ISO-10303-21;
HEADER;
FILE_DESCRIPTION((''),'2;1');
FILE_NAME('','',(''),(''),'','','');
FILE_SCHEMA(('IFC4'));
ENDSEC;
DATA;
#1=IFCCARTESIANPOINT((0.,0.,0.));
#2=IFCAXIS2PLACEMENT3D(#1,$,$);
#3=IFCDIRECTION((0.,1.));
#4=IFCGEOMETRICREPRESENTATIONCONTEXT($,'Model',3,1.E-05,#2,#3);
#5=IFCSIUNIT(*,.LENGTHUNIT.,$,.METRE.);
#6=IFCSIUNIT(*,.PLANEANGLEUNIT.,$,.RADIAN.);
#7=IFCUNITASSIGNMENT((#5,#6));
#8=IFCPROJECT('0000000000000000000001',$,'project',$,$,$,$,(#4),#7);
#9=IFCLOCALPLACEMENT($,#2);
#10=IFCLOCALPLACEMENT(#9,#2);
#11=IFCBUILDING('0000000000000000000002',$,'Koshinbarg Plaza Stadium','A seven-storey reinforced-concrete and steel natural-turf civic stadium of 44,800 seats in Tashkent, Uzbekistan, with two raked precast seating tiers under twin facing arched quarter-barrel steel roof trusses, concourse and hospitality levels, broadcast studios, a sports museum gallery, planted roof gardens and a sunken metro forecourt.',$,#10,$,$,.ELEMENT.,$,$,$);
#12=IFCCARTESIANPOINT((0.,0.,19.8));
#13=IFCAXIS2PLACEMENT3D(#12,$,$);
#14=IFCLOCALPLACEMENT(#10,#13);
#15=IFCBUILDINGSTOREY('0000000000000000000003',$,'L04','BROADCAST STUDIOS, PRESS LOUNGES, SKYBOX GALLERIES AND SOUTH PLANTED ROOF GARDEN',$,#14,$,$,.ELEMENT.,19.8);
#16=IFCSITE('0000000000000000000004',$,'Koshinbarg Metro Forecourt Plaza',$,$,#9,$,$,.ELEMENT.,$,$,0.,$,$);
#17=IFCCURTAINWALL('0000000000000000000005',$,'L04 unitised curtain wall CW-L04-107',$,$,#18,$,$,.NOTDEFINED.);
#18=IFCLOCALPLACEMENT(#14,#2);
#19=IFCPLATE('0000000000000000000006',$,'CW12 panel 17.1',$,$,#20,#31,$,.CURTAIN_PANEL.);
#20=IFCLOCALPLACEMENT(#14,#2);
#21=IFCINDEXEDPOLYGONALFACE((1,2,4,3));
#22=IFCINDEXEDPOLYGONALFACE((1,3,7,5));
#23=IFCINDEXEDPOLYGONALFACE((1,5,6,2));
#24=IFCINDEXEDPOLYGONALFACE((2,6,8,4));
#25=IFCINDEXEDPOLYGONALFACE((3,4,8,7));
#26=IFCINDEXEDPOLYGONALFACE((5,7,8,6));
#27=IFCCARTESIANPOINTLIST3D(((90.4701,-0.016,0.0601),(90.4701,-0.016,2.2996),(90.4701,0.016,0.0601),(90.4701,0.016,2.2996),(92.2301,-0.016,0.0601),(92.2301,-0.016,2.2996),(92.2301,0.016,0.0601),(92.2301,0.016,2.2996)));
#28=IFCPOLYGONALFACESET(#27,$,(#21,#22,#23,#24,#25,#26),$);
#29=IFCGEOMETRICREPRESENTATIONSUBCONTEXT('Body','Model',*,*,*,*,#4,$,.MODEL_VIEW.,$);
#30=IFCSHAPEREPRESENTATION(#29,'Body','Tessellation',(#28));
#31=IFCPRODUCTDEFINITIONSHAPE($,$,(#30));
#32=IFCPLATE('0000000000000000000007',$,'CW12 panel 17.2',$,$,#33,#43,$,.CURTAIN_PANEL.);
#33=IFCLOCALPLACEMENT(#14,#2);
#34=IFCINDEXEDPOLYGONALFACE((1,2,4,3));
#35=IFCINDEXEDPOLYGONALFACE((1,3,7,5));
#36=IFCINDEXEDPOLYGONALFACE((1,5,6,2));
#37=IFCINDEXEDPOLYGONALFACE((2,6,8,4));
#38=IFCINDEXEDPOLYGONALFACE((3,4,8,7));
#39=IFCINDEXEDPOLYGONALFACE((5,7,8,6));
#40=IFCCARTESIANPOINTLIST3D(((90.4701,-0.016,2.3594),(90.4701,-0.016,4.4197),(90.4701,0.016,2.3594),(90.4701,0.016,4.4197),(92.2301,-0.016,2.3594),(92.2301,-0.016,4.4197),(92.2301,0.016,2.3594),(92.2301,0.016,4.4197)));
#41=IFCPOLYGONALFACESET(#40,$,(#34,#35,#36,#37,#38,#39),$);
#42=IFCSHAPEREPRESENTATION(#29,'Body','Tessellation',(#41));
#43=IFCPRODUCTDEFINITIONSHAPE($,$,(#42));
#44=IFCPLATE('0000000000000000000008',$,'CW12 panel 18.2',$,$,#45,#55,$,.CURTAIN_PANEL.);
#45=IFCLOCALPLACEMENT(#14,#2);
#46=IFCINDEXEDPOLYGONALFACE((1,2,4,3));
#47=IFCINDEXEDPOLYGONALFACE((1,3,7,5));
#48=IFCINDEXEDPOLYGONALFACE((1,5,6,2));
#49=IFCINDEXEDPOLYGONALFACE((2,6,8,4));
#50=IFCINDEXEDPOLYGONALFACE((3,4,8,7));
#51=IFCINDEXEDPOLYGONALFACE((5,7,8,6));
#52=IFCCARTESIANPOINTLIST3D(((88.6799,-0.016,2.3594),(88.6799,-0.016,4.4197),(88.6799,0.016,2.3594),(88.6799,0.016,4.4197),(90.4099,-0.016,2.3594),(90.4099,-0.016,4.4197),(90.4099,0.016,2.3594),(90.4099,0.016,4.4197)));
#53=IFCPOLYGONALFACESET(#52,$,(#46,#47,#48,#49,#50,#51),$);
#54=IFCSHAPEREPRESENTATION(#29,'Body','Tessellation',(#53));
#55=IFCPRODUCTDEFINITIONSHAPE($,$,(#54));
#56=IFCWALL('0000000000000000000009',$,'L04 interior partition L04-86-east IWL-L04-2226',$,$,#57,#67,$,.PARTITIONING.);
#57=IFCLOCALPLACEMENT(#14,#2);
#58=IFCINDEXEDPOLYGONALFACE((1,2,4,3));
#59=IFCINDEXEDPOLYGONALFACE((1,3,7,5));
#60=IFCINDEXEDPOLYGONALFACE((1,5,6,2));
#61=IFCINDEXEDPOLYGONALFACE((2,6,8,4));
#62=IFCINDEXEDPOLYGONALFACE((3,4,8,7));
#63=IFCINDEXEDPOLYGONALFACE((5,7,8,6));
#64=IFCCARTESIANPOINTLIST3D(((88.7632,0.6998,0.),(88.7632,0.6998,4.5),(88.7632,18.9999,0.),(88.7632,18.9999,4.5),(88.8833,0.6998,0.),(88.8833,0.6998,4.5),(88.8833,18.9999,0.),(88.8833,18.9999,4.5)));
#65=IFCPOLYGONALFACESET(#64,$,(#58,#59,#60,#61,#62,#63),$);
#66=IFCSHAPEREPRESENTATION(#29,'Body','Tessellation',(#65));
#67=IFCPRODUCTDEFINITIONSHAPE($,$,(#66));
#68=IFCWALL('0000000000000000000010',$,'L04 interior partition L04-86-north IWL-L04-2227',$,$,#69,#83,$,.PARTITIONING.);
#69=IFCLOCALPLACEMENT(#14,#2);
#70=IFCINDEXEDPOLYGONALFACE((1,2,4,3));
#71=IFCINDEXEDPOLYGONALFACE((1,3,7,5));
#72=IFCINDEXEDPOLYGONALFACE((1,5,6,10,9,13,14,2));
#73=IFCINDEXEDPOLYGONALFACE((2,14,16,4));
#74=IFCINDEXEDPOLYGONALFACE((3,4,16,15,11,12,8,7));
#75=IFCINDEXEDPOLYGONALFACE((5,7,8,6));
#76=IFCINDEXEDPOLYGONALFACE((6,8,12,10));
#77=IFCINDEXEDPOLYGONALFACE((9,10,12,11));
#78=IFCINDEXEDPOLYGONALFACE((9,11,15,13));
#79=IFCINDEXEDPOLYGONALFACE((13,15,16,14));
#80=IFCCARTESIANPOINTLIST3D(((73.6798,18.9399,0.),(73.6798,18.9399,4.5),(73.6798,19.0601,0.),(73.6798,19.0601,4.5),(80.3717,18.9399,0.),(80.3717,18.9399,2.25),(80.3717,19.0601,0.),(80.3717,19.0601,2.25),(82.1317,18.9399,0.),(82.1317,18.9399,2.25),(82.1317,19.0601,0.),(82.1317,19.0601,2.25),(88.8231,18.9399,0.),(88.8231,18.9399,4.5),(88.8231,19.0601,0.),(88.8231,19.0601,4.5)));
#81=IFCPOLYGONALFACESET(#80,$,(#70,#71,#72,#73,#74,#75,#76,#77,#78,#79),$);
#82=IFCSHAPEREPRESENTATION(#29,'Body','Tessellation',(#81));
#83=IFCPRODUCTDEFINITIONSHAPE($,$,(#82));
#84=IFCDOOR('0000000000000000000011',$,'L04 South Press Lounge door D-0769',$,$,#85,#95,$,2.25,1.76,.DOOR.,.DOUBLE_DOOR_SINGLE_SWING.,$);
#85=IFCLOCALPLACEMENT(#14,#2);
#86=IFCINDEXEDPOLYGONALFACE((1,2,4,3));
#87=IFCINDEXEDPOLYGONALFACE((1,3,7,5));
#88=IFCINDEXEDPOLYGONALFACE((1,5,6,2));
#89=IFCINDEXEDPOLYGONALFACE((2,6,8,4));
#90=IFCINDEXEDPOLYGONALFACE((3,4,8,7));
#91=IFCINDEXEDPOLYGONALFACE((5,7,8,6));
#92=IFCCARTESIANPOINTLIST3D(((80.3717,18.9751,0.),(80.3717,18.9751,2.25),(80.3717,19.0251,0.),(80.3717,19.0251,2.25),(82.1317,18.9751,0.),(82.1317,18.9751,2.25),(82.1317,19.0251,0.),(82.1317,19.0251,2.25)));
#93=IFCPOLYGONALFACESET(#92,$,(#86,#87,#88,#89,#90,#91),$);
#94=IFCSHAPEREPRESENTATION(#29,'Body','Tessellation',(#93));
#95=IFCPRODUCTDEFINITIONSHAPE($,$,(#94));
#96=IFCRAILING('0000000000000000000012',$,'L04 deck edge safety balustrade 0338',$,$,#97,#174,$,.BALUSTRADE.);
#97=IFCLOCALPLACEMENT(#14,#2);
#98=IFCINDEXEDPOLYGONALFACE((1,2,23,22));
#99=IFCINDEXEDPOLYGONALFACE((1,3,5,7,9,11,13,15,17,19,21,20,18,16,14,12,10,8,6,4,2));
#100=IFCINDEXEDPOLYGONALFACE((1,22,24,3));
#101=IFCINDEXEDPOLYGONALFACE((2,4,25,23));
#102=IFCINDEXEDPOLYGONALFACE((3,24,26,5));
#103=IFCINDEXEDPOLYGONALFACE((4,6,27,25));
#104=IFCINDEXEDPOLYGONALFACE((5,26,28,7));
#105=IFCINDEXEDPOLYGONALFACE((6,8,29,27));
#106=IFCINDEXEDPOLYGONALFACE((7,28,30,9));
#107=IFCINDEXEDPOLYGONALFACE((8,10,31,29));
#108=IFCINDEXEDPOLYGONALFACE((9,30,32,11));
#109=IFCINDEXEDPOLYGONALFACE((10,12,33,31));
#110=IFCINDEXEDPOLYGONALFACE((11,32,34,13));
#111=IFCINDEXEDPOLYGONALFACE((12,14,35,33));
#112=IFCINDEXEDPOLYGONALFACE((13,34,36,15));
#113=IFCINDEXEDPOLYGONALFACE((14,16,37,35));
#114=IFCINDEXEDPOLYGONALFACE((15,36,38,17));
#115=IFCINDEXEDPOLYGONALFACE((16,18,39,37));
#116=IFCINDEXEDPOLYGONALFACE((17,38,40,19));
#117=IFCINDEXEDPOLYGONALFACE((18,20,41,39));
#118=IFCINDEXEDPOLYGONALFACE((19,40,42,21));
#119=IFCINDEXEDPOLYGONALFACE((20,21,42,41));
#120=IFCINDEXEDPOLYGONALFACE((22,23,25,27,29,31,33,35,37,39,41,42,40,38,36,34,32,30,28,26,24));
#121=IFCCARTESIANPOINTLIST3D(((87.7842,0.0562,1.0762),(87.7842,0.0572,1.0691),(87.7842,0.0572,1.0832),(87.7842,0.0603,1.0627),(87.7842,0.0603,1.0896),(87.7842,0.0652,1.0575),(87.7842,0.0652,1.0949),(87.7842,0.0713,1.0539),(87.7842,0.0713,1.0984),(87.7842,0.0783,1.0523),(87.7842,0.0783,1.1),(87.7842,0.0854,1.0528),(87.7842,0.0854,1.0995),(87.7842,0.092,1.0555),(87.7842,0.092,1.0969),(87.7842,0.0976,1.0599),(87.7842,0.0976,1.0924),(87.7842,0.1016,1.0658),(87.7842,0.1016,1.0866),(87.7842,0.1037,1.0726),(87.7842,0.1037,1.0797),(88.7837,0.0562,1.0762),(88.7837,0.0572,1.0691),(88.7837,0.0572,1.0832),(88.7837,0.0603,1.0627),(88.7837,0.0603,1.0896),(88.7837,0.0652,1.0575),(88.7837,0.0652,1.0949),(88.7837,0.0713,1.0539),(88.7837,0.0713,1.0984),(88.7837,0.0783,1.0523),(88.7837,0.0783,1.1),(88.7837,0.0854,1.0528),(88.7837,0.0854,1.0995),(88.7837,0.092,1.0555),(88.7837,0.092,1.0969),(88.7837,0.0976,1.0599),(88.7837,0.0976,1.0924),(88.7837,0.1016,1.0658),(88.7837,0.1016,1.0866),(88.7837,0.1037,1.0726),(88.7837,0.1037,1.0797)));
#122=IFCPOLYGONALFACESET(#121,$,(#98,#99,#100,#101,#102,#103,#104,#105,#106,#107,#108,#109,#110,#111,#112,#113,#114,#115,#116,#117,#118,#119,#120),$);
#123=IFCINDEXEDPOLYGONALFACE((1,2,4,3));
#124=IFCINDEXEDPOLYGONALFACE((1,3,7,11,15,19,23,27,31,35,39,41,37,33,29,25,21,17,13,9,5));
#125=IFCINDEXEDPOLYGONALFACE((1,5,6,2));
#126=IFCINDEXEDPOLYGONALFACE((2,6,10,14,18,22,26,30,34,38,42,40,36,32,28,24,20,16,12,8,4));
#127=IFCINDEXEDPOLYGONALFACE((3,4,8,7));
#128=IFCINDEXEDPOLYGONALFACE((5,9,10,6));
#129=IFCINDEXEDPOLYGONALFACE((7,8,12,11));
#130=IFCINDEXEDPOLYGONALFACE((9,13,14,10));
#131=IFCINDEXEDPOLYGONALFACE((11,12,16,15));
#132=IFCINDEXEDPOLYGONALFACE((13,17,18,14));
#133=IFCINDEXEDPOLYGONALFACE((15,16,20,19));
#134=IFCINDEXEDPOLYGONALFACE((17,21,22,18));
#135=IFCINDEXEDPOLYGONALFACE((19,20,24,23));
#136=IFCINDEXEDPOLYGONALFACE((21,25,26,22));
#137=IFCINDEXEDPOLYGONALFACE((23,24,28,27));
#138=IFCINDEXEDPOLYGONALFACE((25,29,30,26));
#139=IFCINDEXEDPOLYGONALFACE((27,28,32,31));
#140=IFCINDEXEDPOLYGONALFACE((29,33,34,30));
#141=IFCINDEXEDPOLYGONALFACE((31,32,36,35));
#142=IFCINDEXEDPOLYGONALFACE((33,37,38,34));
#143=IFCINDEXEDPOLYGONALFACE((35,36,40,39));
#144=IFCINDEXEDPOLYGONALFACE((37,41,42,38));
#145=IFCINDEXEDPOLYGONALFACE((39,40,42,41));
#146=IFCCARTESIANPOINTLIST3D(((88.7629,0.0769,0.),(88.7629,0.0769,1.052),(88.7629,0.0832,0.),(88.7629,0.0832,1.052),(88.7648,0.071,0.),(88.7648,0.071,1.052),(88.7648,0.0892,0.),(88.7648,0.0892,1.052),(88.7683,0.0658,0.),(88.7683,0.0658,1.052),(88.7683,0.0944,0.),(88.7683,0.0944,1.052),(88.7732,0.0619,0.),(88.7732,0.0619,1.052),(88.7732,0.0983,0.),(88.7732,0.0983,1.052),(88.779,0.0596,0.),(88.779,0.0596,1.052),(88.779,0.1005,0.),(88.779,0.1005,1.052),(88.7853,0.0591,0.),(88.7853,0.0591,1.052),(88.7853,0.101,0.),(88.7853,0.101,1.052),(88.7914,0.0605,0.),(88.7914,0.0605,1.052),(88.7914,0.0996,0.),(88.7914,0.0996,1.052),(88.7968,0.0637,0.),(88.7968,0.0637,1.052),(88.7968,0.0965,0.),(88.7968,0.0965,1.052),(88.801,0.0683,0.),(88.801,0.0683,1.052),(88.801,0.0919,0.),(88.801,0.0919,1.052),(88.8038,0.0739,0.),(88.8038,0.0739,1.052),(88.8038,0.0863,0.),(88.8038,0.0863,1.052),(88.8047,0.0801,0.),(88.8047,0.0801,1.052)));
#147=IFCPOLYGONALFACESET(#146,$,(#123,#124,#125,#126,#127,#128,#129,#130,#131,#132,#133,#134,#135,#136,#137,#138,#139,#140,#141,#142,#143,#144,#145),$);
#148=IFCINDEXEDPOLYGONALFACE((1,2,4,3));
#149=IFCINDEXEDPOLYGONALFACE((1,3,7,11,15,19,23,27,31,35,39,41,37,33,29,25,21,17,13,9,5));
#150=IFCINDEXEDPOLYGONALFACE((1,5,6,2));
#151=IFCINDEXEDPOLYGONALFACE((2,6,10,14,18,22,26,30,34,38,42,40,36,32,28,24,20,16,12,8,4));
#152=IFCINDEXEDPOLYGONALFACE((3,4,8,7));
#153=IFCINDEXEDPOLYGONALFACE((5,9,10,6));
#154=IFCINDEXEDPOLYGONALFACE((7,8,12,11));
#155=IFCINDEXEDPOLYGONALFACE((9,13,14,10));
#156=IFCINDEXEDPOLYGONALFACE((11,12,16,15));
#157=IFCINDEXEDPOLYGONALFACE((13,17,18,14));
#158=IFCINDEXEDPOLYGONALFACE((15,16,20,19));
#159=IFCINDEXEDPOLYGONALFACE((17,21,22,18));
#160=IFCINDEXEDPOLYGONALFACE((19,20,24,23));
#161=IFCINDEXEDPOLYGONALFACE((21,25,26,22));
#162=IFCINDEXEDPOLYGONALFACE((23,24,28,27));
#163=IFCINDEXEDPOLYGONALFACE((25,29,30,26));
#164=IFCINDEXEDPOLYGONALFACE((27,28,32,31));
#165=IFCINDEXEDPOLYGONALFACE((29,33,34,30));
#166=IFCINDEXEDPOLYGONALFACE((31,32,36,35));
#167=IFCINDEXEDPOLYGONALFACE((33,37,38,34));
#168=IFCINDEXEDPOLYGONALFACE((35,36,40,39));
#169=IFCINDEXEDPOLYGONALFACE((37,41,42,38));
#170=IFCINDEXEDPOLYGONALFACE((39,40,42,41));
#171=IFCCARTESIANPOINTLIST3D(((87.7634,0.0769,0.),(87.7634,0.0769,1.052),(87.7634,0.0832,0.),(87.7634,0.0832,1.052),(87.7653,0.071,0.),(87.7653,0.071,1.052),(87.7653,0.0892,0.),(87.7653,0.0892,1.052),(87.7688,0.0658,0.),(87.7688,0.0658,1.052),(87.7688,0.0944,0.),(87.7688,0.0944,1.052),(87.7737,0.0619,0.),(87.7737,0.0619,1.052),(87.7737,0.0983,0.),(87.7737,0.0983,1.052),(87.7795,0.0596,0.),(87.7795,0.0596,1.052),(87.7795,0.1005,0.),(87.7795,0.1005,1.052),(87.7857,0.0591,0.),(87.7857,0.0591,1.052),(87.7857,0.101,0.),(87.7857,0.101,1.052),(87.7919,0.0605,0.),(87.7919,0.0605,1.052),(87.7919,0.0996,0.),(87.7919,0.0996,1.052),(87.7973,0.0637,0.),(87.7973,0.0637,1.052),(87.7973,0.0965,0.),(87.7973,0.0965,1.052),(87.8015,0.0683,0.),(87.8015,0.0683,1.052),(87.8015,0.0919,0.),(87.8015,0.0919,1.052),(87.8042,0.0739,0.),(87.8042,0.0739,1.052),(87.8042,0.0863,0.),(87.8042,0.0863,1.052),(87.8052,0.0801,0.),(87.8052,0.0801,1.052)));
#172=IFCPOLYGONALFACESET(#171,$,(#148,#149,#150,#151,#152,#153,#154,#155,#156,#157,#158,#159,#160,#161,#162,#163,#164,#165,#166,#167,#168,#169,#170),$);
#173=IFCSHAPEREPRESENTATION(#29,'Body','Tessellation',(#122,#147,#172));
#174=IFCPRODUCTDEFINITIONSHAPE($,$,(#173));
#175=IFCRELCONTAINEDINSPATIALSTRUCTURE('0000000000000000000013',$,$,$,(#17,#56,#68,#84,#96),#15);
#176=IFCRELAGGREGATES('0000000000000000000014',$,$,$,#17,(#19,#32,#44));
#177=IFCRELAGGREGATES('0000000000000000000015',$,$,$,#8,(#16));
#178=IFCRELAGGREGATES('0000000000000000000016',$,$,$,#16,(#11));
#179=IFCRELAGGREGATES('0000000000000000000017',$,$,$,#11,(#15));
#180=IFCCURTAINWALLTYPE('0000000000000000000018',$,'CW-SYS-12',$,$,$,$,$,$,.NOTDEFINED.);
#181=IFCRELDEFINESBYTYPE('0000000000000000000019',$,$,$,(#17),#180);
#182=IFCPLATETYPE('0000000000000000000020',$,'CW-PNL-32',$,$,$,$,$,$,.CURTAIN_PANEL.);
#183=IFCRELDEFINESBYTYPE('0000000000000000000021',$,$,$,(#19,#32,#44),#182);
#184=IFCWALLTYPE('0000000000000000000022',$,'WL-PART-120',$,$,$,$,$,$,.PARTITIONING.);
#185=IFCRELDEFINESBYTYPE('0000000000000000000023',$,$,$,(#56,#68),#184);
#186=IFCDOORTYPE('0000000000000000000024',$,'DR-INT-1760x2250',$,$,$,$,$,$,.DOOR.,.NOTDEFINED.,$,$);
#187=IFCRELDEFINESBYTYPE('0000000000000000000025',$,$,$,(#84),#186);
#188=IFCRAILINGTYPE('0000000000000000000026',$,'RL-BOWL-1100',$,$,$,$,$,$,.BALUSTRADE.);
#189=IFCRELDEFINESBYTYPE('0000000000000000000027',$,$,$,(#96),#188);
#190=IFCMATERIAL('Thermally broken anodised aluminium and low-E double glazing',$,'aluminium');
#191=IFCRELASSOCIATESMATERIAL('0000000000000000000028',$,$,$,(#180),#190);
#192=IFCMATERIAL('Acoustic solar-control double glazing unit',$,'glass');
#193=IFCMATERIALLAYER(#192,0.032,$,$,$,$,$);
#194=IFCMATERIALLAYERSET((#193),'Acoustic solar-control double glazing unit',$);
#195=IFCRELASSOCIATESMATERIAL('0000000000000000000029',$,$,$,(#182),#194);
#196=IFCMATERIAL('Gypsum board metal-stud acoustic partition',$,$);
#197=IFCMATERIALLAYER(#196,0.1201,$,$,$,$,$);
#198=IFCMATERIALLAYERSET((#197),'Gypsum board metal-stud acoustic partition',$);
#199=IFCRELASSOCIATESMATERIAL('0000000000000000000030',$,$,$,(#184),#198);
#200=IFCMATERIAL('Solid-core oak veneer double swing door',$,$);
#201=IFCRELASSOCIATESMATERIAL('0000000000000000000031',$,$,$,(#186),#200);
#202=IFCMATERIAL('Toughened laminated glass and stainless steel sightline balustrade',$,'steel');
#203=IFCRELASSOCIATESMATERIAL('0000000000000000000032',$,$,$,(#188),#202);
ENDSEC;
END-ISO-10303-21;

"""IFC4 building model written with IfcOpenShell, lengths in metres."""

from ifc_helpers import new_model, si_unit, direction, frame, frame_2d, origin, origin_2d, place, context, subcontext, project, spatial, rectangle, circle, extrude, material, layer, layer_set, type_object, element, fill, aggregate, save


model = new_model("IFC4")

# Units and contexts
model_context = context("Model", 3, precision=1e-05, world=origin(), true_north=direction((0.0, 1.0)))
body_context = subcontext(model_context, "Body", "Model", "MODEL_VIEW")
ifc_project = project(units=[si_unit("LENGTHUNIT", "METRE"), si_unit("PLANEANGLEUNIT", "RADIAN")], contexts=[model_context])

# Site, building, storey
site_placement = place(None, origin())
site = spatial("IfcSite", under=ifc_project, at=site_placement, Name="Koshinbarg Metro Forecourt Plaza", CompositionType="ELEMENT", RefElevation=0.0)
building_placement = place(site_placement, origin())
building = spatial("IfcBuilding", under=site, at=building_placement, Name="Koshinbarg Plaza Stadium", Description="A seven-storey reinforced-concrete and steel natural-turf civic stadium of 44,800 seats in Tashkent, Uzbekistan, with two raked precast seating tiers under twin facing arched quarter-barrel steel roof trusses, concourse and hospitality levels, broadcast studios, a sports museum gallery, planted roof gardens and a sunken metro forecourt.", CompositionType="ELEMENT")
storey_placement = place(building_placement, frame((0.0, 0.0, 19.8)))
storey = spatial("IfcBuildingStorey", under=building, at=storey_placement, Name="L04", Description="BROADCAST STUDIOS, PRESS LOUNGES, SKYBOX GALLERIES AND SOUTH PLANTED ROOF GARDEN", CompositionType="ELEMENT", Elevation=19.8)

# Curtain wall, plates
ifc_material_1 = material(Name="Thermally broken anodised aluminium and low-E double glazing", Category="aluminium")
curtain_wall_type = type_object("IfcCurtainWallType", Name="CW-SYS-12", PredefinedType="NOTDEFINED", material=ifc_material_1)
curtain_wall_placement = place(storey_placement, origin())
curtain_wall = element("IfcCurtainWall", 1, at=curtain_wall_placement, inside=storey, type_object=curtain_wall_type, Name="L04 unitised curtain wall CW-L04-107", PredefinedType="NOTDEFINED")
ifc_material_2 = material(Name="Acoustic solar-control double glazing unit", Category="glass")
ifc_layer_1 = layer(ifc_material_2, 0.032)
ifc_layer_set_1 = layer_set([ifc_layer_1], Name="Acoustic solar-control double glazing unit")
plate_type = type_object("IfcPlateType", Name="CW-PNL-32", PredefinedType="CURTAIN_PANEL", material=ifc_layer_set_1)
plate_1_placement = place(storey_placement, frame((91.3501, 0.0, 0.0601), z_axis=(0.0, 0.0, 1.0), x_axis=(-1.0, 0.0, 0.0)))
plate_1 = element("IfcPlate", 2, at=plate_1_placement, type_object=plate_type, Name="CW12 panel 17.1", PredefinedType="CURTAIN_PANEL", context=body_context, shape_type="SweptSolid", body=[
    extrude(rectangle(XDim=1.76, YDim=0.032, at=origin_2d()), origin(), (0.0, 0.0, 1.0), 2.2395),
])
plate_2_placement = place(storey_placement, frame((91.3501, 0.0, 2.3594), z_axis=(0.0, 0.0, 1.0), x_axis=(-1.0, 0.0, 0.0)))
plate_2 = element("IfcPlate", 3, at=plate_2_placement, type_object=plate_type, Name="CW12 panel 17.2", PredefinedType="CURTAIN_PANEL", context=body_context, shape_type="SweptSolid", body=[
    extrude(rectangle(XDim=1.76, YDim=0.032, at=origin_2d()), origin(), (0.0, 0.0, 1.0), 2.0603),
])
plate_3_placement = place(storey_placement, frame((89.5449, 0.0, 2.3594), z_axis=(0.0, 0.0, 1.0), x_axis=(-1.0, 0.0, 0.0)))
plate_3 = element("IfcPlate", 4, at=plate_3_placement, type_object=plate_type, Name="CW12 panel 18.2", PredefinedType="CURTAIN_PANEL", context=body_context, shape_type="SweptSolid", body=[
    extrude(rectangle(XDim=1.73, YDim=0.032, at=origin_2d()), origin(), (0.0, 0.0, 1.0), 2.0603),
])
aggregate(curtain_wall, [plate_1, plate_2, plate_3])

# Wall
ifc_material_3 = material(Name="Gypsum board metal-stud acoustic partition")
ifc_layer_2 = layer(ifc_material_3, 0.1201)
ifc_layer_set_2 = layer_set([ifc_layer_2], Name="Gypsum board metal-stud acoustic partition")
wall_type = type_object("IfcWallType", Name="WL-PART-120", PredefinedType="PARTITIONING", material=ifc_layer_set_2)
wall_1_placement = place(storey_placement, frame((88.8232, 0.7, 0.0), z_axis=(0.0, 0.0, 1.0), x_axis=(0.0, 1.0, 0.0)))
element("IfcWall", 5, at=wall_1_placement, inside=storey, type_object=wall_type, Name="L04 interior partition L04-86-east IWL-L04-2226", PredefinedType="PARTITIONING", context=body_context, shape_type="SweptSolid", body=[
    extrude(rectangle(XDim=18.3, YDim=0.1201, at=frame_2d((9.1499, 0.0))), origin(), (0.0, 0.0, 1.0), 4.5),
])

# Wall, opening, door
wall_2_placement = place(storey_placement, frame((88.8232, 19.0, 0.0), z_axis=(0.0, 0.0, 1.0), x_axis=(-1.0, 0.0, 0.0)))
wall_2 = element("IfcWall", 6, at=wall_2_placement, inside=storey, type_object=wall_type, Name="L04 interior partition L04-86-north IWL-L04-2227", PredefinedType="PARTITIONING", context=body_context, shape_type="SweptSolid", body=[
    extrude(rectangle(XDim=15.1433, YDim=0.1201, at=frame_2d((7.5718, 0.0))), origin(), (0.0, 0.0, 1.0), 4.5),
])
opening_placement = place(wall_2_placement, frame((6.6917, 0.0, 0.0)))
opening = element("IfcOpeningElement", 7, at=opening_placement, cuts=wall_2, PredefinedType="OPENING", context=body_context, shape_type="SweptSolid", body=[
    extrude(rectangle(XDim=1.76, YDim=2.25, at=frame_2d((0.8799, 1.125))), frame((0.0, 0.0701, 0.0), z_axis=(0.0, -1.0, 0.0), x_axis=(1.0, 0.0, 0.0)), (0.0, 0.0, 1.0), 0.1401),
])
ifc_material_4 = material(Name="Solid-core oak veneer double swing door")
door_type = type_object("IfcDoorType", Name="DR-INT-1760x2250", OperationType="NOTDEFINED", PredefinedType="DOOR", material=ifc_material_4)
door_placement = place(opening_placement, origin())
door = element("IfcDoor", 8, at=door_placement, inside=storey, type_object=door_type, Name="L04 South Press Lounge door D-0769", OperationType="DOUBLE_DOOR_SINGLE_SWING", OverallHeight=2.25, OverallWidth=1.76, PredefinedType="DOOR", context=body_context, shape_type="SweptSolid", body=[
    extrude(rectangle(XDim=1.76, YDim=2.25, at=frame_2d((0.8799, 1.125))), frame((0.0, 0.0249, 0.0), z_axis=(0.0, -1.0, 0.0), x_axis=(1.0, 0.0, 0.0)), (0.0, 0.0, 1.0), 0.05),
])
fill(opening, door)

# Railing
ifc_material_5 = material(Name="Toughened laminated glass and stainless steel sightline balustrade", Category="steel")
railing_type = type_object("IfcRailingType", Name="RL-BOWL-1100", PredefinedType="BALUSTRADE", material=ifc_material_5)
railing_1_placement = place(storey_placement, frame((88.7837, 0.0801, 0.0)))
element("IfcRailing", 9, at=railing_1_placement, inside=storey, type_object=railing_type, Name="L04 deck edge safety balustrade 0338", PredefinedType="BALUSTRADE", context=body_context, shape_type="SweptSolid", body=[
    extrude(circle(Radius=0.0239, at=origin_2d()), frame((0.0, 0.0, 1.0762), z_axis=(-1.0, 0.0, 0.0), x_axis=(0.0, -1.0, 0.0)), (0.0, 0.0, 1.0), 0.9995),
    extrude(circle(Radius=0.021, at=origin_2d()), origin(), (0.0, 0.0, 1.0), 1.052),
    extrude(circle(Radius=0.021, at=origin_2d()), frame((-0.9995, 0.0, 0.0)), (0.0, 0.0, 1.0), 1.052),
])

save(model, "model.ifc")
